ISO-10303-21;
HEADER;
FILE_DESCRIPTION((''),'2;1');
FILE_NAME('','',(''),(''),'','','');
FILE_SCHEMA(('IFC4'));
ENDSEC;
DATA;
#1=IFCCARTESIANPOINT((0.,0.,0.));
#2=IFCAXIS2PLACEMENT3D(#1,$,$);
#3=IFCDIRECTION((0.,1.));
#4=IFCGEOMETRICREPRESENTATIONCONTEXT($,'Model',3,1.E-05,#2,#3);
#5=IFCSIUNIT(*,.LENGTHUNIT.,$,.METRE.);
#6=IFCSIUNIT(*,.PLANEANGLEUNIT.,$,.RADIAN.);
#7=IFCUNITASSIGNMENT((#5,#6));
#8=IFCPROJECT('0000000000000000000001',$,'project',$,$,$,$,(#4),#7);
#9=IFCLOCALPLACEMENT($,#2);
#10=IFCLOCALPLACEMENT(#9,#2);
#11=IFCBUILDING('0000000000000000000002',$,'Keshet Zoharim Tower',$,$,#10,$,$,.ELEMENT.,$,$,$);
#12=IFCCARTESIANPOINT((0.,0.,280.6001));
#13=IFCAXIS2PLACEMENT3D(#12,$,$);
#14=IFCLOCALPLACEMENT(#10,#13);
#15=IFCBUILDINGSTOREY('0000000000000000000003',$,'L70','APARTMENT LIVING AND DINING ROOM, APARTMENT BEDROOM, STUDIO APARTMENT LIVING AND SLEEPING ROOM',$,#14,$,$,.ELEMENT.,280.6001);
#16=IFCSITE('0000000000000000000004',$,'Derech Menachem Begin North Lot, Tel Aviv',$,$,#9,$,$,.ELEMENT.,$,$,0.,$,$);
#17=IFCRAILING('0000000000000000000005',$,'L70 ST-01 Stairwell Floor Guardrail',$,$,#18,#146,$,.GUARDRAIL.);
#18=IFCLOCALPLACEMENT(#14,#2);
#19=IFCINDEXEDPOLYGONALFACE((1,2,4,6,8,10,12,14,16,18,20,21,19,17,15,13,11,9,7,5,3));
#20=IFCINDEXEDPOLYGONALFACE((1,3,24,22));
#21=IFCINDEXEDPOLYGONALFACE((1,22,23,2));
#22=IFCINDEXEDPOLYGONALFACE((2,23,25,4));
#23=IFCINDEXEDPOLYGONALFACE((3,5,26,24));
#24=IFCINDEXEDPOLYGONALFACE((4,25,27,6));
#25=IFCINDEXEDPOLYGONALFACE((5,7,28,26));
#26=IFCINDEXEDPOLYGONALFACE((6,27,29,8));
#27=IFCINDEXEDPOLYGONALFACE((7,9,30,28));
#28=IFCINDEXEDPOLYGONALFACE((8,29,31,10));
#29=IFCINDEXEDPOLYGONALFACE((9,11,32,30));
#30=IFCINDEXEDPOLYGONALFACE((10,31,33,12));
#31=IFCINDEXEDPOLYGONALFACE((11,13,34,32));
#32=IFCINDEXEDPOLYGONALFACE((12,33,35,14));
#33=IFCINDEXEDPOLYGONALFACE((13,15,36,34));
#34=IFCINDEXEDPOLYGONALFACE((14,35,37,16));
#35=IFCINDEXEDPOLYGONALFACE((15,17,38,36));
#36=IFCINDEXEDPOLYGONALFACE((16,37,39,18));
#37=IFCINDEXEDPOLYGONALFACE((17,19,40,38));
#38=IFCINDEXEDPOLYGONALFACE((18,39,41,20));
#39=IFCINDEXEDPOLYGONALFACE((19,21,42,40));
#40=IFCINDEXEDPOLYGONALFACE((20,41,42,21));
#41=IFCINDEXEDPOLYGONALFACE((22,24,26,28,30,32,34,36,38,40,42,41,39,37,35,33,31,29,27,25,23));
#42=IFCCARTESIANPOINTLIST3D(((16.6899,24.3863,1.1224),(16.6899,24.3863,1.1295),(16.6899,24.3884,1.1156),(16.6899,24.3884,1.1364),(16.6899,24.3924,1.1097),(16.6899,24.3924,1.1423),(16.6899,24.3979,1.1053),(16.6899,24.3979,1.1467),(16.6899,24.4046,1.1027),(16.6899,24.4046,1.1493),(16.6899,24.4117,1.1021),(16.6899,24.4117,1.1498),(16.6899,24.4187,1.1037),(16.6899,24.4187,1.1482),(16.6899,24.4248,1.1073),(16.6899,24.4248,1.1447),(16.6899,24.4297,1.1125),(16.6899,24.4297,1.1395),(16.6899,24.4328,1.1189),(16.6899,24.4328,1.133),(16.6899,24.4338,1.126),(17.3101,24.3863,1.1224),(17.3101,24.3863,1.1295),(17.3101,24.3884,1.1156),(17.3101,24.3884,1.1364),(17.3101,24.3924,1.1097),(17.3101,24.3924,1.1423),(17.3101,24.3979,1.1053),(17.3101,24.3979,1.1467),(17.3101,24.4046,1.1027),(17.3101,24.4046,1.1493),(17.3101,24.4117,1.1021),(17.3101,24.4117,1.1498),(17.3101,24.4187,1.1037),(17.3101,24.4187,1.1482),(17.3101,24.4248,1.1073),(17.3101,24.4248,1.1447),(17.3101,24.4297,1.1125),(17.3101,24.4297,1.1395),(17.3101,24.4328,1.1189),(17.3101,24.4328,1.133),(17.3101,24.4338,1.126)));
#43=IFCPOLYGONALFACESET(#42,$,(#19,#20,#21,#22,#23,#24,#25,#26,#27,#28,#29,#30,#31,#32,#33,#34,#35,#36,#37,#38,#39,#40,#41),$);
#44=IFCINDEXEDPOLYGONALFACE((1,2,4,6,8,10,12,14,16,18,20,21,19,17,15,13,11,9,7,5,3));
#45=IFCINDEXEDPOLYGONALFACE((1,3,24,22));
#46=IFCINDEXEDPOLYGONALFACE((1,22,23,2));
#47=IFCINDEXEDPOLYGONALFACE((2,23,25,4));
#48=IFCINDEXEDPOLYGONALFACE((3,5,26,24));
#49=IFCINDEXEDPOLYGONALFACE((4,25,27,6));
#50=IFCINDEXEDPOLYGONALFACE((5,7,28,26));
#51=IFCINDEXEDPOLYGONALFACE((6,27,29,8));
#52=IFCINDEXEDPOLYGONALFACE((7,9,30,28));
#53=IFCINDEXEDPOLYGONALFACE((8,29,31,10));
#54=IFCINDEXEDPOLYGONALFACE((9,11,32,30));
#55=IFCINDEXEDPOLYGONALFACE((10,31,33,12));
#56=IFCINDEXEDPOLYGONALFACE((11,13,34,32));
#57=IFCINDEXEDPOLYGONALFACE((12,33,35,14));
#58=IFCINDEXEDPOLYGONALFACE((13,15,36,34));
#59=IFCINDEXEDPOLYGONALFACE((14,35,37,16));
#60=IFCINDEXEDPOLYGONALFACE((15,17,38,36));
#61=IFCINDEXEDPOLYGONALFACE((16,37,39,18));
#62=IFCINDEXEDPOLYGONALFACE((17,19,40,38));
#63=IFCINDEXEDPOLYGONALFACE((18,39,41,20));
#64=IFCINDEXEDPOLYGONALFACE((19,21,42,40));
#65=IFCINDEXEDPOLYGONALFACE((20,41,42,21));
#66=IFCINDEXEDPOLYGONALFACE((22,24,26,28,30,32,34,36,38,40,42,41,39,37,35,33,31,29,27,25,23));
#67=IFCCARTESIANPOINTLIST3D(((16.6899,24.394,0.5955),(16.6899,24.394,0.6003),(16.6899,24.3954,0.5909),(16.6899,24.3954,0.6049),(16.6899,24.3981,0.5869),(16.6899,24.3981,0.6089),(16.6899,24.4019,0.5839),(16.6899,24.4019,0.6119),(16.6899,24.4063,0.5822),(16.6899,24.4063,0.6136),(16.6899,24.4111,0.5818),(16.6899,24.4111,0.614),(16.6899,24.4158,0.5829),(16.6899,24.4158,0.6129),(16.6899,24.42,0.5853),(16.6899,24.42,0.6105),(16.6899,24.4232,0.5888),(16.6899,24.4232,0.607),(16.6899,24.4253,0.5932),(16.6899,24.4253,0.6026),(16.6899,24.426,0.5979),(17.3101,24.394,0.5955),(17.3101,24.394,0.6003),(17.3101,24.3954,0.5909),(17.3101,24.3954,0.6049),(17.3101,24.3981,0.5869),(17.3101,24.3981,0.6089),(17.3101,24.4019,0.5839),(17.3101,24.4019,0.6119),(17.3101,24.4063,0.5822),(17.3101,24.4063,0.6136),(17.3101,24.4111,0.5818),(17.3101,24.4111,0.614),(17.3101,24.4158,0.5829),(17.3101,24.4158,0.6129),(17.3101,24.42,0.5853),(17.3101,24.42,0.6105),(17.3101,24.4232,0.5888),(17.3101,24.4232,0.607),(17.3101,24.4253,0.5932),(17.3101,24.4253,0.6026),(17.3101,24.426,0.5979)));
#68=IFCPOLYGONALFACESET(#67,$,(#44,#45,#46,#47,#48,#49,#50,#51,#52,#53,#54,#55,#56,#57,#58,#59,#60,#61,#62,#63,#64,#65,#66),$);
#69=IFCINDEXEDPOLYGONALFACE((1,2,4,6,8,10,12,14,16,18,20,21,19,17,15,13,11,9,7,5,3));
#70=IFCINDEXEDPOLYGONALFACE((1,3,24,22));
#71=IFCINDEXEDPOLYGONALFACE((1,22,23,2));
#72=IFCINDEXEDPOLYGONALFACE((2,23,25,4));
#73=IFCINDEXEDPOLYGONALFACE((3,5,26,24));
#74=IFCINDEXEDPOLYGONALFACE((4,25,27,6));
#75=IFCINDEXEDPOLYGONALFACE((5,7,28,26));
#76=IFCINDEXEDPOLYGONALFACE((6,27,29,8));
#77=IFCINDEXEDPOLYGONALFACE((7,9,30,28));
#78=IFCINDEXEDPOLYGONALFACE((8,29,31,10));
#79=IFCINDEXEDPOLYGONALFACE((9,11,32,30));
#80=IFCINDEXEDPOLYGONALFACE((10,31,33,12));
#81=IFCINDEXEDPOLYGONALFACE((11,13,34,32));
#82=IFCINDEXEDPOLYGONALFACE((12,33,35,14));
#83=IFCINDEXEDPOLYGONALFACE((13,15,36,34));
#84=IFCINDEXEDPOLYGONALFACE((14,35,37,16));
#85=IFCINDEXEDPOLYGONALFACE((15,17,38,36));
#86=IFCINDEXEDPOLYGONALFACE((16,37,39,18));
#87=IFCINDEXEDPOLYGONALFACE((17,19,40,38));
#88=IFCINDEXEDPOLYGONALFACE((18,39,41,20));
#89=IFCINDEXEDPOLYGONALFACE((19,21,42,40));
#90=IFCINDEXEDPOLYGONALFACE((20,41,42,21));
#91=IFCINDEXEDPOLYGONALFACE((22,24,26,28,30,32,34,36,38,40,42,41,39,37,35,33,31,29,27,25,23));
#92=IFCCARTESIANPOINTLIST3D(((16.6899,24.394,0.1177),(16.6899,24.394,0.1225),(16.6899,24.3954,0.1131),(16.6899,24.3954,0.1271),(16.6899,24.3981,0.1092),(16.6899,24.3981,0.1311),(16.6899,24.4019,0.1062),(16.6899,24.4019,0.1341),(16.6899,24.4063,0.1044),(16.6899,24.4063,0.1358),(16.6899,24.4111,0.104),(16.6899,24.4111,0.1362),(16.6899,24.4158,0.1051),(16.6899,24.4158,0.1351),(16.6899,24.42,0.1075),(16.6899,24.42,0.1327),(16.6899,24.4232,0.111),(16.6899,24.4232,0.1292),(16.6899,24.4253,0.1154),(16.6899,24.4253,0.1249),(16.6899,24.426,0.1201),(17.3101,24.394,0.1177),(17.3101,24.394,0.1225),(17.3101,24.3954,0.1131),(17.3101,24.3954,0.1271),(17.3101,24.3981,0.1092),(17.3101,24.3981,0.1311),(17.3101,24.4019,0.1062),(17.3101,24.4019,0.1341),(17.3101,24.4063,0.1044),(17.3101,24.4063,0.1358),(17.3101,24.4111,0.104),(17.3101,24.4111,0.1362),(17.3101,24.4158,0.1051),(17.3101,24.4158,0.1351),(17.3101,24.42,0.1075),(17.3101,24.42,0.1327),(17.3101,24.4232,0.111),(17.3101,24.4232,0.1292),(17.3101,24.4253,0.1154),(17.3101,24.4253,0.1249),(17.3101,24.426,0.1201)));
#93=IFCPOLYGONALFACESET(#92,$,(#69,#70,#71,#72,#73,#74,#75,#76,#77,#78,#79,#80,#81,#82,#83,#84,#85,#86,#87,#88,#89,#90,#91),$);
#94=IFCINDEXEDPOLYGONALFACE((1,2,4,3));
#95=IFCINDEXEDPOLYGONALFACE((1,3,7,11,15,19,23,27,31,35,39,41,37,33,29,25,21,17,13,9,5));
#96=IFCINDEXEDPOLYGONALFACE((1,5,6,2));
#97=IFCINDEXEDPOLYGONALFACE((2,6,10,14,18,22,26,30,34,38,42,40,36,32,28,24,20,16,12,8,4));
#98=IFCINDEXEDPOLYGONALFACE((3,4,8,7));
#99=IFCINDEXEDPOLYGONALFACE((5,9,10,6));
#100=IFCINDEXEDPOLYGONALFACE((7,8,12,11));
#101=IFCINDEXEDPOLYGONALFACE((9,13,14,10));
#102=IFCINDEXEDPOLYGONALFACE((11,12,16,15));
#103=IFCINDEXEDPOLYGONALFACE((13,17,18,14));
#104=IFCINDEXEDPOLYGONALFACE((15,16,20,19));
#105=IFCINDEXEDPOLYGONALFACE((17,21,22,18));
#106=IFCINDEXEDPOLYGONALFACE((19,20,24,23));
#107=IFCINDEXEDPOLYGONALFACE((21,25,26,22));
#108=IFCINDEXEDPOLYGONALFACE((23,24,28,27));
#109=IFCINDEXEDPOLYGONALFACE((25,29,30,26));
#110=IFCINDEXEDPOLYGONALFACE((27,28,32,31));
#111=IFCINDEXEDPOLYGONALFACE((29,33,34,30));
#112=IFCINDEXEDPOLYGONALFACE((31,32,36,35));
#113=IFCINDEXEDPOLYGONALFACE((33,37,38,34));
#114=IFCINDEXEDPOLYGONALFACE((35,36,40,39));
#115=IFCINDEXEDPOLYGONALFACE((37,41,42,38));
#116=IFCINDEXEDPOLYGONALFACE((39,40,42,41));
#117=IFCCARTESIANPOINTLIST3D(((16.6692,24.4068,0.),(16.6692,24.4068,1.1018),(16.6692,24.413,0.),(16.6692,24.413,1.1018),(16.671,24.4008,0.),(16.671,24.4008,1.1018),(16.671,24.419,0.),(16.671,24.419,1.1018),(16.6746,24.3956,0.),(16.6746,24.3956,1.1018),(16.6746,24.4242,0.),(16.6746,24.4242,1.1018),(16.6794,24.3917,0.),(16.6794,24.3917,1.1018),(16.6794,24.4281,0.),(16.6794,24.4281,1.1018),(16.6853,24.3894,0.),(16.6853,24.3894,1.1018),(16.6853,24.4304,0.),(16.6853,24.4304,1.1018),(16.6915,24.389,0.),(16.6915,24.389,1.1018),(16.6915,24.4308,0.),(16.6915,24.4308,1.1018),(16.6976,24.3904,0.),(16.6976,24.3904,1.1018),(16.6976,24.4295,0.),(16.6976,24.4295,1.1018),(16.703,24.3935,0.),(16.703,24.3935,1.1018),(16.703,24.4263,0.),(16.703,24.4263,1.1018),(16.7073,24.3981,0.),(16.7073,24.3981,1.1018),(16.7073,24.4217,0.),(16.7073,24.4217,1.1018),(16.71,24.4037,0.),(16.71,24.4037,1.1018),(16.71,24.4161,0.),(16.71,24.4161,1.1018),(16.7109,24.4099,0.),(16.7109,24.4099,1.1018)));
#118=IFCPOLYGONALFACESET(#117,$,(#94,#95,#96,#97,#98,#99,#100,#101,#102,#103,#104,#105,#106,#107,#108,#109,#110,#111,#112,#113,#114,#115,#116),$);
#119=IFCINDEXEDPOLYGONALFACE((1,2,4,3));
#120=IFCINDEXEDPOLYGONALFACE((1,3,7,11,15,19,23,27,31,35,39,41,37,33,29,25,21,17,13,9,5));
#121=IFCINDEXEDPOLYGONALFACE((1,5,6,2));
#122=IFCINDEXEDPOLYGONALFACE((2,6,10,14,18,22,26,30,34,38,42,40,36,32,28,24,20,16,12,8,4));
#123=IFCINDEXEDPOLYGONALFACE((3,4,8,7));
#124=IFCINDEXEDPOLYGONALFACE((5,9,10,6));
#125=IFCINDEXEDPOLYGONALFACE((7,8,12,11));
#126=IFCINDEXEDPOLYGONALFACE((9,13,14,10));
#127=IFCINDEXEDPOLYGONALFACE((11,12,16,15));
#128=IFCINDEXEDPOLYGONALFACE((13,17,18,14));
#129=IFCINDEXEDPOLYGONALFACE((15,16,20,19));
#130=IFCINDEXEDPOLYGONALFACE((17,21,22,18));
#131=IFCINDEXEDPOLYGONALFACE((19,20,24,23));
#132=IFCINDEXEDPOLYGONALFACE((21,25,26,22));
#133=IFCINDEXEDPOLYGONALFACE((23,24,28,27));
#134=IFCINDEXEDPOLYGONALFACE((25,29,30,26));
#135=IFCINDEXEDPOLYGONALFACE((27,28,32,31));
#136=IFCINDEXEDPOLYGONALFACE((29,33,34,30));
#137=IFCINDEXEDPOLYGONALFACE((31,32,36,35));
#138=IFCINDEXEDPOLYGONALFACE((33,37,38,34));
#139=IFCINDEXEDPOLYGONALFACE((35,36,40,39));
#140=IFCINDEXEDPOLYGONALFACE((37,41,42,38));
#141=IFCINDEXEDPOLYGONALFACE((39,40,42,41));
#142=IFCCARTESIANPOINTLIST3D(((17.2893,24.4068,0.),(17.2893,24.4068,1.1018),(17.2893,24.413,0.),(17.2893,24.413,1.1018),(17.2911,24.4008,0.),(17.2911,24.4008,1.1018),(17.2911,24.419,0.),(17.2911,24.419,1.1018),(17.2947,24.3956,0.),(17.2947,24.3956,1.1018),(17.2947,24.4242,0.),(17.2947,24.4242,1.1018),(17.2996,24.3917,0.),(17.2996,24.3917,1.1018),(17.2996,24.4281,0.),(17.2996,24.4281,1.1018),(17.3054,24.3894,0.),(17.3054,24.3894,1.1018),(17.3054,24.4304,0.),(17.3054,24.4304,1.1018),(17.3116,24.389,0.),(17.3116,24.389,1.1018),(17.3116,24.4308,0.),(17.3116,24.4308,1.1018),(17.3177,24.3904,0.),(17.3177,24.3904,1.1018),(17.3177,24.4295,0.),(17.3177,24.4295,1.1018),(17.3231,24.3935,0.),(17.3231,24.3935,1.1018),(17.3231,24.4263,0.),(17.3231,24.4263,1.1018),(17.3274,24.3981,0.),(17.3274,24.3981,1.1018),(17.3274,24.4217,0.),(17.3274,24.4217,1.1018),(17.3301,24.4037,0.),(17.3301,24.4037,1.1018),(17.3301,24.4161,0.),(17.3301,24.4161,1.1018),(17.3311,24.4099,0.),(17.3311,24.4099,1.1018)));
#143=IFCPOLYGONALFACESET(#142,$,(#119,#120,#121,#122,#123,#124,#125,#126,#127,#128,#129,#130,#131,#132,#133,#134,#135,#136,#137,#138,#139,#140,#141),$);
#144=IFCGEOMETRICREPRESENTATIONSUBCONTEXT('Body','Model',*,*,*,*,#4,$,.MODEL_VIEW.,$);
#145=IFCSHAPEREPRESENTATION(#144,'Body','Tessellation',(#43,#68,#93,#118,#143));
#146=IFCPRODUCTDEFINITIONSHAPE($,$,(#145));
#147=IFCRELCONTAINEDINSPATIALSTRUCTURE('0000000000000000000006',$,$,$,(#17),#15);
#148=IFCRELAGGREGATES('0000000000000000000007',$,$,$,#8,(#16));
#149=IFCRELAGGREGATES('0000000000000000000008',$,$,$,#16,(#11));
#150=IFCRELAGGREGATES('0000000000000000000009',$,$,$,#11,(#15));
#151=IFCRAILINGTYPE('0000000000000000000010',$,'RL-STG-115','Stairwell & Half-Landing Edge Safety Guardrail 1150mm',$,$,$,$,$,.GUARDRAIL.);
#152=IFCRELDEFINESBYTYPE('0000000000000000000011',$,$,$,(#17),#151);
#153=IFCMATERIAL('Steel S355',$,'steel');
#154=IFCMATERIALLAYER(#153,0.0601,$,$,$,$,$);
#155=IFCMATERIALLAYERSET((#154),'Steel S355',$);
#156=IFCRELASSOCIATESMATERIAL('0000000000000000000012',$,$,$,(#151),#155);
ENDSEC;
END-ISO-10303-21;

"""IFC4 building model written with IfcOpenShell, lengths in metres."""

from ifc_helpers import new_model, si_unit, direction, frame, origin, origin_2d, place, context, subcontext, project, spatial, circle, extrude, material, layer, layer_set, type_object, element, save


model = new_model("IFC4")

# Units and contexts
model_context = context("Model", 3, precision=1e-05, world=origin(), true_north=direction((0.0, 1.0)))
body_context = subcontext(model_context, "Body", "Model", "MODEL_VIEW")
ifc_project = project(units=[si_unit("LENGTHUNIT", "METRE"), si_unit("PLANEANGLEUNIT", "RADIAN")], contexts=[model_context])

# Site, building, storey
site_placement = place(None, origin())
site = spatial("IfcSite", under=ifc_project, at=site_placement, Name="Derech Menachem Begin North Lot, Tel Aviv", CompositionType="ELEMENT", RefElevation=0.0)
building_placement = place(site_placement, origin())
building = spatial("IfcBuilding", under=site, at=building_placement, Name="Keshet Zoharim Tower", CompositionType="ELEMENT")
storey_placement = place(building_placement, frame((0.0, 0.0, 280.6001)))
storey = spatial("IfcBuildingStorey", under=building, at=storey_placement, Name="L70", Description="APARTMENT LIVING AND DINING ROOM, APARTMENT BEDROOM, STUDIO APARTMENT LIVING AND SLEEPING ROOM", CompositionType="ELEMENT", Elevation=280.6001)

# Shared definitions
ifc_material_1 = material(Name="Steel S355", Category="steel")

# Railing
ifc_layer_1 = layer(ifc_material_1, 0.0601)
ifc_layer_set_1 = layer_set([ifc_layer_1], Name="Steel S355")
railing_type_1 = type_object("IfcRailingType", Name="RL-STG-115", Description="Stairwell & Half-Landing Edge Safety Guardrail 1150mm", PredefinedType="GUARDRAIL", material=ifc_layer_set_1)
railing_1_placement = place(storey_placement, frame((16.6899, 24.4099, 0.0)))
element("IfcRailing", 1, at=railing_1_placement, inside=storey, type_object=railing_type_1, Name="L70 ST-01 Stairwell Floor Guardrail", PredefinedType="GUARDRAIL", context=body_context, shape_type="SweptSolid", body=[
    extrude(circle(Radius=0.0239, at=origin_2d()), frame((0.0, 0.0, 1.126), z_axis=(1.0, 0.0, 0.0), x_axis=(0.0, 1.0, 0.0)), (0.0, 0.0, 1.0), 0.6201),
    extrude(circle(Radius=0.0161, at=origin_2d()), frame((0.0, 0.0, 0.5979), z_axis=(1.0, 0.0, 0.0), x_axis=(0.0, 1.0, 0.0)), (0.0, 0.0, 1.0), 0.6201),
    extrude(circle(Radius=0.0161, at=origin_2d()), frame((0.0, 0.0, 0.1201), z_axis=(1.0, 0.0, 0.0), x_axis=(0.0, 1.0, 0.0)), (0.0, 0.0, 1.0), 0.6201),
    extrude(circle(Radius=0.021, at=origin_2d()), origin(), (0.0, 0.0, 1.0), 1.1018),
    extrude(circle(Radius=0.021, at=origin_2d()), frame((0.6201, 0.0, 0.0)), (0.0, 0.0, 1.0), 1.1018),
])

save(model, "model.ifc")
